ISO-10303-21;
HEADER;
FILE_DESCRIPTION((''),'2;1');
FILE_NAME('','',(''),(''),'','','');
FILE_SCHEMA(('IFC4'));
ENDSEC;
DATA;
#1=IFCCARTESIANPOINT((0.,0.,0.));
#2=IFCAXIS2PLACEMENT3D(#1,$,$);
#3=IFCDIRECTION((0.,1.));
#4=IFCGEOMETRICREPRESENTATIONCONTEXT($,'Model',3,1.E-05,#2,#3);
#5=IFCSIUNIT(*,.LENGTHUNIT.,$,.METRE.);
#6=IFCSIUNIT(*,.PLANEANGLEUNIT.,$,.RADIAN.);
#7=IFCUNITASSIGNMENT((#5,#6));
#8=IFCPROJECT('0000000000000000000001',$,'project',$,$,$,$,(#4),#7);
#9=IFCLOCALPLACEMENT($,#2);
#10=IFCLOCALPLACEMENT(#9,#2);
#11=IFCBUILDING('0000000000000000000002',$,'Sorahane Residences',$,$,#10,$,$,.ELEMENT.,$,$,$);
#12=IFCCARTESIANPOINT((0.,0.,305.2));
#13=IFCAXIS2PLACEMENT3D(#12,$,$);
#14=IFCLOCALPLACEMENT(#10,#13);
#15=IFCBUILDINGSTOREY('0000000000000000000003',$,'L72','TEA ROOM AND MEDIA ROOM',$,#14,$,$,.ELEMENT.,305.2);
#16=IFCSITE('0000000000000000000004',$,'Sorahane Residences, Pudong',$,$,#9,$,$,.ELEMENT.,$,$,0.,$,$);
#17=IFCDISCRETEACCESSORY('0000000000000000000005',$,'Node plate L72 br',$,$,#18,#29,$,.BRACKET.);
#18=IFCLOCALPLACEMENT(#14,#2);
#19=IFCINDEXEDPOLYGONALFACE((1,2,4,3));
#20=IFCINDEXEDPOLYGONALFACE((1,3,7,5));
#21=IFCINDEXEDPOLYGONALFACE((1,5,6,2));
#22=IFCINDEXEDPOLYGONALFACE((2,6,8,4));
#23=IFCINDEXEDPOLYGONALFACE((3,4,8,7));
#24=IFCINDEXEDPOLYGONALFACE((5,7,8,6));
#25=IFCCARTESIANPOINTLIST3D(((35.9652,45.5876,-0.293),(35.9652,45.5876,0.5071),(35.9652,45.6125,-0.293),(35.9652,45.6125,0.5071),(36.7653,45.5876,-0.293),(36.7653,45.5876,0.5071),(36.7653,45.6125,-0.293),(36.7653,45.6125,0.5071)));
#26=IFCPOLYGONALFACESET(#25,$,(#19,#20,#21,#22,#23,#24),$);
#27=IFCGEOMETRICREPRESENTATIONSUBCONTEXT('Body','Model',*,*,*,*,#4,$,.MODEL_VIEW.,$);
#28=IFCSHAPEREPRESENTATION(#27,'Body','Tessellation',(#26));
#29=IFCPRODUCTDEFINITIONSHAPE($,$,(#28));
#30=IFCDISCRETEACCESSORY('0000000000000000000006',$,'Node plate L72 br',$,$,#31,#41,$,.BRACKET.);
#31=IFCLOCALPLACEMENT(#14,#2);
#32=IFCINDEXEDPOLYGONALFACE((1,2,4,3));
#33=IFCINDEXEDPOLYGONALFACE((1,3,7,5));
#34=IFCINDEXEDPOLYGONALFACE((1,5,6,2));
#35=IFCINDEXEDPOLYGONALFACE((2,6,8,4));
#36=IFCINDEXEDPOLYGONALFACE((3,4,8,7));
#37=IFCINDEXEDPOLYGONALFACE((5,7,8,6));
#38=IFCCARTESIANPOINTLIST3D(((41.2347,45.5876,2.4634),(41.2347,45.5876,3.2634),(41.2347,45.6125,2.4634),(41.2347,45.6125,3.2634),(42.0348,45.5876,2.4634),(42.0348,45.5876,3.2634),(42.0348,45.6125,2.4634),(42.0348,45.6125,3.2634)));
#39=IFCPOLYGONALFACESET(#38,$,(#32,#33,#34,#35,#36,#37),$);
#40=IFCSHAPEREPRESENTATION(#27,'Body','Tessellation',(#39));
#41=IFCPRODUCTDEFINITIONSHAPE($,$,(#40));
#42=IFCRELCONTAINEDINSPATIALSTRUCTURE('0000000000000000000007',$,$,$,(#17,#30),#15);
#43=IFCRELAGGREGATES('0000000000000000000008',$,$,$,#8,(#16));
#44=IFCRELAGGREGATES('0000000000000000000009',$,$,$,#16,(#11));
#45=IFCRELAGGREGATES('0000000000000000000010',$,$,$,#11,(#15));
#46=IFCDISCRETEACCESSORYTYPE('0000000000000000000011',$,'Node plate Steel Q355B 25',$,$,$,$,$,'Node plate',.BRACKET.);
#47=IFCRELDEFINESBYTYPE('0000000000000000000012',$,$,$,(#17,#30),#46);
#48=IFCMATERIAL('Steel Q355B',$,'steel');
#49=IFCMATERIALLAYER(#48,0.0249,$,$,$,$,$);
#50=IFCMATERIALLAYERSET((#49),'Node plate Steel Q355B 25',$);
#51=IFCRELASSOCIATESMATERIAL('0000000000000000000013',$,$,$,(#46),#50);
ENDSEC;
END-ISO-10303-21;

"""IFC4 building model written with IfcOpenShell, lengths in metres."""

from ifc_helpers import new_model, si_unit, direction, frame, origin, origin_2d, place, context, subcontext, project, spatial, rectangle, extrude, material, layer, layer_set, type_object, element, save


model = new_model("IFC4")

# Units and contexts
model_context = context("Model", 3, precision=1e-05, world=origin(), true_north=direction((0.0, 1.0)))
body_context = subcontext(model_context, "Body", "Model", "MODEL_VIEW")
ifc_project = project(units=[si_unit("LENGTHUNIT", "METRE"), si_unit("PLANEANGLEUNIT", "RADIAN")], contexts=[model_context])

# Site, building, storey
site_placement = place(None, origin())
site = spatial("IfcSite", under=ifc_project, at=site_placement, Name="Sorahane Residences, Pudong", CompositionType="ELEMENT", RefElevation=0.0)
building_placement = place(site_placement, origin())
building = spatial("IfcBuilding", under=site, at=building_placement, Name="Sorahane Residences", CompositionType="ELEMENT")
storey_placement = place(building_placement, frame((0.0, 0.0, 305.2)))
storey = spatial("IfcBuildingStorey", under=building, at=storey_placement, Name="L72", Description="TEA ROOM AND MEDIA ROOM", CompositionType="ELEMENT", Elevation=305.2)

# Discrete accessories
ifc_material_1 = material(Name="Steel Q355B", Category="steel")
ifc_layer_1 = layer(ifc_material_1, 0.0249)
ifc_layer_set_1 = layer_set([ifc_layer_1], Name="Node plate Steel Q355B 25")
discrete_accessory_type = type_object("IfcDiscreteAccessoryType", Name="Node plate Steel Q355B 25", ElementType="Node plate", PredefinedType="BRACKET", material=ifc_layer_set_1)
for number, where, z_axis, x_axis, name in (
    (1, (36.3652, 45.6001, -0.293), (0.0, 0.0, 1.0), (1.0, 0.0, 0.0), "Node plate L72 br"),
    (2, (41.6348, 45.6001, 2.4634), (0.0, 0.0, 1.0), (1.0, 0.0, 0.0), "Node plate L72 br"),
):
    element("IfcDiscreteAccessory", number, at=place(storey_placement, frame(where, z_axis=z_axis, x_axis=x_axis)), inside=storey, type_object=discrete_accessory_type, Name=name, PredefinedType="BRACKET", context=body_context, shape_type="SweptSolid", body=[
        extrude(rectangle(XDim=0.8, YDim=0.0249, at=origin_2d()), origin(), (0.0, 0.0, 1.0), 0.8),
    ])

save(model, "model.ifc")
